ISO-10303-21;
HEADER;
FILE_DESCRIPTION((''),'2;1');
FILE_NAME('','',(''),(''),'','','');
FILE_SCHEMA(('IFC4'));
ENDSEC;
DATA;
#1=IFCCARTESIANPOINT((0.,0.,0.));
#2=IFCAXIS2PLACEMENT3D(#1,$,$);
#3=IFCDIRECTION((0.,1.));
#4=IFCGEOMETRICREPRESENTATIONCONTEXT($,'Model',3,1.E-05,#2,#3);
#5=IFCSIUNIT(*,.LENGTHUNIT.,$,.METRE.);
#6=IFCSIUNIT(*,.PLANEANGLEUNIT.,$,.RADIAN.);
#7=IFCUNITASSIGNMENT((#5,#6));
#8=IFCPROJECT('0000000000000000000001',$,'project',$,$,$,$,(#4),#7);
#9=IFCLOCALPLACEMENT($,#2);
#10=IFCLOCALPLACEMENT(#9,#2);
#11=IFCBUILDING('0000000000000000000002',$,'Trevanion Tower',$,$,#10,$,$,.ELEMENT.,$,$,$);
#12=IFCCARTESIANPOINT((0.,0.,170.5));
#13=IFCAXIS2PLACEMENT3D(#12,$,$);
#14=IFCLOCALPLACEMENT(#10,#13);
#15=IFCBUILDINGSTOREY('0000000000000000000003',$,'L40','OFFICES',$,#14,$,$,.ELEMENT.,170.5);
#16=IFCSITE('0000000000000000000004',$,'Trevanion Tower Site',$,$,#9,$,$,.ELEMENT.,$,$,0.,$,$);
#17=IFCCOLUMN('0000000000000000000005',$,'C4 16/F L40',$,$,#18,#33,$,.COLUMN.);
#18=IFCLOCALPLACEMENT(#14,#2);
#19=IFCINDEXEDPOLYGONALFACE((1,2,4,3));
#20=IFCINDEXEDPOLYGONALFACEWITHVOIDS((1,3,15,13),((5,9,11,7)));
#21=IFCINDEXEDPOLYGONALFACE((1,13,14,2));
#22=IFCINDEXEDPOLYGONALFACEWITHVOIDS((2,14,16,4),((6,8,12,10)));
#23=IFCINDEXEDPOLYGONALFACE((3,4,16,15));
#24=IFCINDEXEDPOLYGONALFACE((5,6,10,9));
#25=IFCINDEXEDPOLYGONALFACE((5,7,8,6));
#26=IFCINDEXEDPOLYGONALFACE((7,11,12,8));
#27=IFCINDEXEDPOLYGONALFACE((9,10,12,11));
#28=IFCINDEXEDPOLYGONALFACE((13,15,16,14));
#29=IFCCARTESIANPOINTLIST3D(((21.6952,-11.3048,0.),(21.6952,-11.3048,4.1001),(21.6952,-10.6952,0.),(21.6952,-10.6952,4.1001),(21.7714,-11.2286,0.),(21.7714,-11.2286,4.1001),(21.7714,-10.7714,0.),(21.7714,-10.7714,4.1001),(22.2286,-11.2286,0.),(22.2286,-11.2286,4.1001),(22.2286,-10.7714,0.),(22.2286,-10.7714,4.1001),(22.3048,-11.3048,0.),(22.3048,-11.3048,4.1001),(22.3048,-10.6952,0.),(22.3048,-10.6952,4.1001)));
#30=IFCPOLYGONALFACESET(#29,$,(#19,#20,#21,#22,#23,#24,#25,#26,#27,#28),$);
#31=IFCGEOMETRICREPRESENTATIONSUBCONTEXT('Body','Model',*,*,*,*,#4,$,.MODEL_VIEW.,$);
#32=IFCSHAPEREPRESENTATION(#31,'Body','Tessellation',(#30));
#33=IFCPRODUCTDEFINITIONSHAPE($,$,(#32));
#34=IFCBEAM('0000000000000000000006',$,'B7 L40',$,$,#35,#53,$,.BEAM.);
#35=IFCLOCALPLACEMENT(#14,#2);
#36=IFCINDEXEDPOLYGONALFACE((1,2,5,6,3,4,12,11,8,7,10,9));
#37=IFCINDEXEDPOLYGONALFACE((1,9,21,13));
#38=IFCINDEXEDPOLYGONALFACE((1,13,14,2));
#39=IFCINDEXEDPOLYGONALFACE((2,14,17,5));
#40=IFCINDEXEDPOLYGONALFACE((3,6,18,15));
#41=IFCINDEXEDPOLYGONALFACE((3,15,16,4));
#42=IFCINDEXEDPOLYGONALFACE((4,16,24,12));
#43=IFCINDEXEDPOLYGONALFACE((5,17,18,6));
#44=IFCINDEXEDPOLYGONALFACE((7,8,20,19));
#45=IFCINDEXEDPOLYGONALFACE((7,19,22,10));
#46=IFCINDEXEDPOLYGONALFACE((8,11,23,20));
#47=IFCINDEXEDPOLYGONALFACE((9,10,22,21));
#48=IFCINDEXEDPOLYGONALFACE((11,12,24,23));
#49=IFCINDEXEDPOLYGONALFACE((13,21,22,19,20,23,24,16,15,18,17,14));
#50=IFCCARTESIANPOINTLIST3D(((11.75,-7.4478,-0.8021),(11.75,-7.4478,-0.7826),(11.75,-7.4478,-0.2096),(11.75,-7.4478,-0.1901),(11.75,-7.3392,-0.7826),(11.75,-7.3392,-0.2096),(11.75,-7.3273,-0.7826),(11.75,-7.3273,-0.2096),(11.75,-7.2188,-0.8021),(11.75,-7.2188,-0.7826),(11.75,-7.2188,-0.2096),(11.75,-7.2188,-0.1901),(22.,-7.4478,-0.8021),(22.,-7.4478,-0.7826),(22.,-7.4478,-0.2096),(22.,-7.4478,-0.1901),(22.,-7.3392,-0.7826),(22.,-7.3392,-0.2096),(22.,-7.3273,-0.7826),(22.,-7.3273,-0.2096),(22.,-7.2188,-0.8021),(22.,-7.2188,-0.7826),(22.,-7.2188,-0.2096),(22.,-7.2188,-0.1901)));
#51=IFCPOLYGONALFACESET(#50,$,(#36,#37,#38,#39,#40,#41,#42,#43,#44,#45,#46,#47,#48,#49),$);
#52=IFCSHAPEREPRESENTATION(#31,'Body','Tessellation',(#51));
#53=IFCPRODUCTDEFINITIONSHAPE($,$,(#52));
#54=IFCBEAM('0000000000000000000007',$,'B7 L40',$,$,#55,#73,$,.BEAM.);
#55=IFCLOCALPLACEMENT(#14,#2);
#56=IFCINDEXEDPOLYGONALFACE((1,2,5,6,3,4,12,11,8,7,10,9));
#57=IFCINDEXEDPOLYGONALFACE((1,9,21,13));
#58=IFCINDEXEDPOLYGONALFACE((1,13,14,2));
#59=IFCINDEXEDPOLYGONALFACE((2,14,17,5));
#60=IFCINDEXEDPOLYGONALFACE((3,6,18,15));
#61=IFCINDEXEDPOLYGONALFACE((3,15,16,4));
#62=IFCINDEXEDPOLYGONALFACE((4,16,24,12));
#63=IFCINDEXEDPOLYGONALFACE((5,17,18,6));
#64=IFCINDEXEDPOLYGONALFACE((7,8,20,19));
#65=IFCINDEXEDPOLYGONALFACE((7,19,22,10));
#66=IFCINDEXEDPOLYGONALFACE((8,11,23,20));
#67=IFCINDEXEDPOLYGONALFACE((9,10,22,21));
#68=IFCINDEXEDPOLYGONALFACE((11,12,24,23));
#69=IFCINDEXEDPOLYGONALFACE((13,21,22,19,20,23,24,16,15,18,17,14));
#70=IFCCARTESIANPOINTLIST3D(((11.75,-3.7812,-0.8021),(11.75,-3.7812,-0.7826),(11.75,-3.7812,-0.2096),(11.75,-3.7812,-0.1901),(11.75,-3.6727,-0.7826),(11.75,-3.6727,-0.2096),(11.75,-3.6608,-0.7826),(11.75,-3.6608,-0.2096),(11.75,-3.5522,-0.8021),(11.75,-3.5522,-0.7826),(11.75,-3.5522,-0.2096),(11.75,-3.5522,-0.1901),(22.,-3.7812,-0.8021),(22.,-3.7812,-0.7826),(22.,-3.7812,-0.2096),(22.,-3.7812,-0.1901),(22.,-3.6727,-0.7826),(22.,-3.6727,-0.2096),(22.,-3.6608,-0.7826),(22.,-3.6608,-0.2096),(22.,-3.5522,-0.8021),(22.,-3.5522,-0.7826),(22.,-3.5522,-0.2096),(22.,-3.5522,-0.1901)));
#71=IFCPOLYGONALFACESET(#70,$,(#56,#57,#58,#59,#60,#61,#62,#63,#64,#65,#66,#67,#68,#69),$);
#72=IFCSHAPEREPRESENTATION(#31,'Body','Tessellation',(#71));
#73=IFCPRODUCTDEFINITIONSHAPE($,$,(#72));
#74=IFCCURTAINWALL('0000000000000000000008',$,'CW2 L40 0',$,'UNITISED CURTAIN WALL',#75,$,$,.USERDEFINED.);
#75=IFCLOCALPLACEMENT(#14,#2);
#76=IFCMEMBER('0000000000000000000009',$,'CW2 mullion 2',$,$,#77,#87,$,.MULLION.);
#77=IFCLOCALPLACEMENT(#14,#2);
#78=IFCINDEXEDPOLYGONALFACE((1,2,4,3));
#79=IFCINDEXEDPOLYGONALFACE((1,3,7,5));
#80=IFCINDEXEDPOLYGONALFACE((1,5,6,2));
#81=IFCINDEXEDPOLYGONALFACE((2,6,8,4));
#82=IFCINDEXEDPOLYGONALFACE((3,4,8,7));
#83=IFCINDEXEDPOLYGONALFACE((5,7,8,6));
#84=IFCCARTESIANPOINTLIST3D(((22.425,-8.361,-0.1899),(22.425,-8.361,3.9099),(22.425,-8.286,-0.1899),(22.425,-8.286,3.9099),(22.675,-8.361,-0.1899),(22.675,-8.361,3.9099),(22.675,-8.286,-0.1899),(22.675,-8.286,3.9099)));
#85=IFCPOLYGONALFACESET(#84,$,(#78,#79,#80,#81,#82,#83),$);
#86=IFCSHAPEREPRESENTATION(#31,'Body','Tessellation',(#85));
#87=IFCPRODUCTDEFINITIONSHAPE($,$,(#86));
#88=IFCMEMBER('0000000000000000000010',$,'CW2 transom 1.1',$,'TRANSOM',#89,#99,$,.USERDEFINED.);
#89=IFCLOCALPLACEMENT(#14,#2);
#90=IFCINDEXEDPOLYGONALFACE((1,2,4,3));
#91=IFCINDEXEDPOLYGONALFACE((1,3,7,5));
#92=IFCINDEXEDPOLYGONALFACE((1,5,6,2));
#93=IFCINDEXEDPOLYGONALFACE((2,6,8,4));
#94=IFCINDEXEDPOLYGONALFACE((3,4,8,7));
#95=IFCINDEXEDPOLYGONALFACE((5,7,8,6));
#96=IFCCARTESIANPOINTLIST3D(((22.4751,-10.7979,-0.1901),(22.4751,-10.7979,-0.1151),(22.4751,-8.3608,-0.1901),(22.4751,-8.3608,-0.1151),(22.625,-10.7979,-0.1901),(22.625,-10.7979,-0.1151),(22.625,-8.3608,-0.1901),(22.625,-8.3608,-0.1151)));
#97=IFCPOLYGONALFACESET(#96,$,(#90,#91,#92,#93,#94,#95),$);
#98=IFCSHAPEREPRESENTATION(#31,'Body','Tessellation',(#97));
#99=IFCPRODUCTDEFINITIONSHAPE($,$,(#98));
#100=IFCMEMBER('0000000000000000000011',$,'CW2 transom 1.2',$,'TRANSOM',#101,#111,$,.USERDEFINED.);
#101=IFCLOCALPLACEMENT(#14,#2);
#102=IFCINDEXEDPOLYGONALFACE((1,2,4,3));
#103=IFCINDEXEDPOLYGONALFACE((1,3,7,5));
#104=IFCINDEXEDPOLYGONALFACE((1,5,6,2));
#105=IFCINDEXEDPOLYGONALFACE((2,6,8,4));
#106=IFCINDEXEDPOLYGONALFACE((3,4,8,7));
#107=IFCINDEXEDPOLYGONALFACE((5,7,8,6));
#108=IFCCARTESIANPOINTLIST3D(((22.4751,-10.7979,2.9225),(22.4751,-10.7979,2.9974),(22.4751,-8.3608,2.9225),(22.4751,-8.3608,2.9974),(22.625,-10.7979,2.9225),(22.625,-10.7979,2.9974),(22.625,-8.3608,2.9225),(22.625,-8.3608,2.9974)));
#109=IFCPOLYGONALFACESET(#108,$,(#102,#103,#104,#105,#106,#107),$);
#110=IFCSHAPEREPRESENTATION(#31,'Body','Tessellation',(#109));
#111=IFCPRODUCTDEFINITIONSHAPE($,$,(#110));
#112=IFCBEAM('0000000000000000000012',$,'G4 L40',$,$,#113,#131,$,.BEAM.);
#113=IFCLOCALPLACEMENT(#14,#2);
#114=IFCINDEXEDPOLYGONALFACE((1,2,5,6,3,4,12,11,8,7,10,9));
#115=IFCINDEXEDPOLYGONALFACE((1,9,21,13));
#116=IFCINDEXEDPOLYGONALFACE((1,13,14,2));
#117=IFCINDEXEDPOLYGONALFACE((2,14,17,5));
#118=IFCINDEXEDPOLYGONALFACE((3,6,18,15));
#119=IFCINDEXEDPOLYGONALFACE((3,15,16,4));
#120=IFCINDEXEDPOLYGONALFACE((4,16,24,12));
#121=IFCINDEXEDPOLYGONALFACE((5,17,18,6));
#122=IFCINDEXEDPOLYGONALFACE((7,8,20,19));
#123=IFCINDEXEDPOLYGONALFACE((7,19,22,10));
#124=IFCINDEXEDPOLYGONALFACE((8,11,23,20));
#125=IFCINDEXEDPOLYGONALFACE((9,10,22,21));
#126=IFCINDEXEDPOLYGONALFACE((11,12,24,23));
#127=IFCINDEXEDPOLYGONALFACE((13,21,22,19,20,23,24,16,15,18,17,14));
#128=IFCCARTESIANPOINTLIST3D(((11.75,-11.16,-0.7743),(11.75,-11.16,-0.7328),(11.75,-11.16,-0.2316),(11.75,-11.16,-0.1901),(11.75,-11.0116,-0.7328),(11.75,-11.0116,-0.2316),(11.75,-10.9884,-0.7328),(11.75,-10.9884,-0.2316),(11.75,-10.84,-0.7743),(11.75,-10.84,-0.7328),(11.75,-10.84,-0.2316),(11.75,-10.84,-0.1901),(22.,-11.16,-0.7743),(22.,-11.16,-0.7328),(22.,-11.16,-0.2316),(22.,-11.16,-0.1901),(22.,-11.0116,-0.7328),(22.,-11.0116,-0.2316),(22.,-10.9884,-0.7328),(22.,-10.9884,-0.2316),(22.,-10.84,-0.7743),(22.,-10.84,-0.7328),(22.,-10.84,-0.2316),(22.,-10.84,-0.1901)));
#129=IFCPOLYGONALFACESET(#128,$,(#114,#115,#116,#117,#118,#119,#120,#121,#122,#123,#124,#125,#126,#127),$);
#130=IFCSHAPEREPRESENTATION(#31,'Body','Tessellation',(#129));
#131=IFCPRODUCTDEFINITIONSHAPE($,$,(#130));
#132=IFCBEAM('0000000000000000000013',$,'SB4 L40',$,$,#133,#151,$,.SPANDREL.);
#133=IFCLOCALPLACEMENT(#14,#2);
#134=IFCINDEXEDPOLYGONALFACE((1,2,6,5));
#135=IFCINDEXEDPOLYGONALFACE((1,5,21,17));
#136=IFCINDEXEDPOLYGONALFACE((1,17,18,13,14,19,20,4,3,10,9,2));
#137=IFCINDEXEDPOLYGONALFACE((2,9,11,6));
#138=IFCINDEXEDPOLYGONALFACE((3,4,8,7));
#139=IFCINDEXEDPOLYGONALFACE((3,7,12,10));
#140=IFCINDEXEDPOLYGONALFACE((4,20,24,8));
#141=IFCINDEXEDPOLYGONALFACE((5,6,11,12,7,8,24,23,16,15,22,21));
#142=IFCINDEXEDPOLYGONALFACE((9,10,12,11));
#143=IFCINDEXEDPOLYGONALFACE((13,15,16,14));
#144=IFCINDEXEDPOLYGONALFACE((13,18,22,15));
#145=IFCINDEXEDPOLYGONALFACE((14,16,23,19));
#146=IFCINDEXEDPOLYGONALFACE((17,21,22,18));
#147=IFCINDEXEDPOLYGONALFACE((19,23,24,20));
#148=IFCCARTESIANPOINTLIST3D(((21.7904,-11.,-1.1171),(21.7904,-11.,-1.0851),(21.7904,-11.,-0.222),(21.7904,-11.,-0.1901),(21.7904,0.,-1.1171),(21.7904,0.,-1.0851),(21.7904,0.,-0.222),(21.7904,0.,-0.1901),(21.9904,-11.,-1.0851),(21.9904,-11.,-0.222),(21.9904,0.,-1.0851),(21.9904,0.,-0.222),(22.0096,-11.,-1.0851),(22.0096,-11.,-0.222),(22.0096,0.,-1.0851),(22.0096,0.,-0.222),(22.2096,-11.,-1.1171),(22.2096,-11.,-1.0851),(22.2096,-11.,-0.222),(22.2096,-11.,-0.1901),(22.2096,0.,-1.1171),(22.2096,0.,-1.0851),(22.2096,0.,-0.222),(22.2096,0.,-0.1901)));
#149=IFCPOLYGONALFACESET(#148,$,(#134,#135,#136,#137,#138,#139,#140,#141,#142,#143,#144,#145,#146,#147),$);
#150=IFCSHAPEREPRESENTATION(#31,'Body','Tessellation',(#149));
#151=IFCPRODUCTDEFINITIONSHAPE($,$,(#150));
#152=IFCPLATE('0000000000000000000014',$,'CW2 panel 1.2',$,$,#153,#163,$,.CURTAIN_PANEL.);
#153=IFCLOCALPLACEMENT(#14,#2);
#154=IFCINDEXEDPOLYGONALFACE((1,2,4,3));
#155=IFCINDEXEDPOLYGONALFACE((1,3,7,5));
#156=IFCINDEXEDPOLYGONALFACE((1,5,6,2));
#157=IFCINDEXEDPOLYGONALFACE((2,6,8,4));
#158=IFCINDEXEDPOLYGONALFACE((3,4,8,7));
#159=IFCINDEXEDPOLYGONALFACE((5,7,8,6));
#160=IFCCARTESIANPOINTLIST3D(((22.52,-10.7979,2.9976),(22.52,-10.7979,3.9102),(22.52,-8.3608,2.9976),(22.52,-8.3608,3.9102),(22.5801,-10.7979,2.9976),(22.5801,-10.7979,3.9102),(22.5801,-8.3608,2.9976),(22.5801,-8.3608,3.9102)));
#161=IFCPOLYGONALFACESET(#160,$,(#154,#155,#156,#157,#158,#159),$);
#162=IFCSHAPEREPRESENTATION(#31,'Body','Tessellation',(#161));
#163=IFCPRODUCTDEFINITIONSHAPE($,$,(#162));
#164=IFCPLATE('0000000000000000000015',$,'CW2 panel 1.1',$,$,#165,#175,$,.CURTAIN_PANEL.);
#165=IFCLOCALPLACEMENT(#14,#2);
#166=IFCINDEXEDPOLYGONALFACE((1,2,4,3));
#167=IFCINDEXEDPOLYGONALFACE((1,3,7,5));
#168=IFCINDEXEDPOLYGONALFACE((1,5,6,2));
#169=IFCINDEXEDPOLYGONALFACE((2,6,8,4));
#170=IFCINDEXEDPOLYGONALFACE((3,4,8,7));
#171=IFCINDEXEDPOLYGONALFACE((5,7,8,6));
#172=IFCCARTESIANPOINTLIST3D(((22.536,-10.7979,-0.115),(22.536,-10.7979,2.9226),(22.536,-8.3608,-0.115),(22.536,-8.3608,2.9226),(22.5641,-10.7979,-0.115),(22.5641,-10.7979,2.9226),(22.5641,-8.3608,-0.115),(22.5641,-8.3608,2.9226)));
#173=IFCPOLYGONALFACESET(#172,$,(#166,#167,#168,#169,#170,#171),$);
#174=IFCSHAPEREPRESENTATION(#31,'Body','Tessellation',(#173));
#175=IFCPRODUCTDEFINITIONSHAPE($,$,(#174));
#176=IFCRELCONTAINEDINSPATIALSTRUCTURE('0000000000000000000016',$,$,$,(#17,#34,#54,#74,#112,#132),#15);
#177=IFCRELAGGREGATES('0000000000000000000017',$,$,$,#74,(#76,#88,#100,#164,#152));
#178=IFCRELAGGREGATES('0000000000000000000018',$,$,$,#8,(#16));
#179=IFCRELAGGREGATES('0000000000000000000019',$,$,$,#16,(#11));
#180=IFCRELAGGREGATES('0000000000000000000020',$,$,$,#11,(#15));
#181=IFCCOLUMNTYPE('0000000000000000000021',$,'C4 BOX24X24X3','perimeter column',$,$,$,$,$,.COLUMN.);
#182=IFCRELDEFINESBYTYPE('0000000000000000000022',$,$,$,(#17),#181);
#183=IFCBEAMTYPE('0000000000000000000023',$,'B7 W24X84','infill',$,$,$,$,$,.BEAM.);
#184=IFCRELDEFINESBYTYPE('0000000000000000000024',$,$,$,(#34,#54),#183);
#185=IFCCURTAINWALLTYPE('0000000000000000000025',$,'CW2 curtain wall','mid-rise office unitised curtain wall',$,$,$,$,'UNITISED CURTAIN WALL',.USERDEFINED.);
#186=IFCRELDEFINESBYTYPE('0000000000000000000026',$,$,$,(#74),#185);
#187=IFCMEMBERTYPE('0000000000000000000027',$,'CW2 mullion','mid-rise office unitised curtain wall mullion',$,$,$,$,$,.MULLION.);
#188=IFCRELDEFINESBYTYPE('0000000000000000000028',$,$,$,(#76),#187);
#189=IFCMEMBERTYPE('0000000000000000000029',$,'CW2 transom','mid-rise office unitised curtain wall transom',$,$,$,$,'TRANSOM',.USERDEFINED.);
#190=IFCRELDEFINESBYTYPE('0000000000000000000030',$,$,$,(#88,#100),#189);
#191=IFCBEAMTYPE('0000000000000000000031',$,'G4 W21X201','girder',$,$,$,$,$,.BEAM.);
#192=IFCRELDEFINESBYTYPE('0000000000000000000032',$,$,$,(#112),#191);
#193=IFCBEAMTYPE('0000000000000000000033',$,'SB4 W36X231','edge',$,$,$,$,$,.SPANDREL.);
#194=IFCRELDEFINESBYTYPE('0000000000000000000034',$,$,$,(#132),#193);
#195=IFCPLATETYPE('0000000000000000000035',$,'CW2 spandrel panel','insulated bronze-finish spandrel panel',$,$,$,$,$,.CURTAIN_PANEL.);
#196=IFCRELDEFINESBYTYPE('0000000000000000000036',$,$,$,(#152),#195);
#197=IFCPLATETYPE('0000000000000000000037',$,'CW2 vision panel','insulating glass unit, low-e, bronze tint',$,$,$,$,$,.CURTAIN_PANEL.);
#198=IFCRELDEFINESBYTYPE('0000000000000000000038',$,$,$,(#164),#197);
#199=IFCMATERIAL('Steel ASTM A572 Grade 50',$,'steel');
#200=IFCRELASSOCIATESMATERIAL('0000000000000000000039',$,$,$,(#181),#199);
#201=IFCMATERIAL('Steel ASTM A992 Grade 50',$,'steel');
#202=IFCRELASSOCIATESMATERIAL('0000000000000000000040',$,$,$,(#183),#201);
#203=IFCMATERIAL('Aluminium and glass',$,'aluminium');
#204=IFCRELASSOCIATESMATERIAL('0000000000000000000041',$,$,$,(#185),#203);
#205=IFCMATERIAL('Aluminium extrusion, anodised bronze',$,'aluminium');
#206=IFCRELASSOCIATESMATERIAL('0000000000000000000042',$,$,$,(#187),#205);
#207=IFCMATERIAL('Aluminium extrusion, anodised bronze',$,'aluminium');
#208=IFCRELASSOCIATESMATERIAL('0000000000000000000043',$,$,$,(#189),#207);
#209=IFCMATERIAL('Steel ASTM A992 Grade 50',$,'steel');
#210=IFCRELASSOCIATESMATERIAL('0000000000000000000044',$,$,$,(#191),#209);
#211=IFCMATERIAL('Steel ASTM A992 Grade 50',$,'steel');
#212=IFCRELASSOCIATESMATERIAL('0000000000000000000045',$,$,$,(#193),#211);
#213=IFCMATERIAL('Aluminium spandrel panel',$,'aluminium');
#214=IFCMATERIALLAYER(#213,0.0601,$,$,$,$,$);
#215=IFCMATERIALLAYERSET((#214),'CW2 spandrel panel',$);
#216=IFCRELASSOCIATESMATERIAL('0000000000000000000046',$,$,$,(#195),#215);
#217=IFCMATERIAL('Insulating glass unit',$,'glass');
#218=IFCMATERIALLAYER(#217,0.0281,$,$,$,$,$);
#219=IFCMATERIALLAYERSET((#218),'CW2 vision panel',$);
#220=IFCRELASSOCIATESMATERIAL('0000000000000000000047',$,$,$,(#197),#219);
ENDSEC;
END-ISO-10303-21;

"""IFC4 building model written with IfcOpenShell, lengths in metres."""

from ifc_helpers import new_model, si_unit, direction, frame, origin, origin_2d, place, context, subcontext, project, spatial, rectangle, hollow_rectangle, i_section, extrude, material, layer, layer_set, material_profile, profile_set, type_object, element, aggregate, save


model = new_model("IFC4")

# Units and contexts
model_context = context("Model", 3, precision=1e-05, world=origin(), true_north=direction((0.0, 1.0)))
body_context = subcontext(model_context, "Body", "Model", "MODEL_VIEW")
ifc_project = project(units=[si_unit("LENGTHUNIT", "METRE"), si_unit("PLANEANGLEUNIT", "RADIAN")], contexts=[model_context])

# Site, building, storey
site_placement = place(None, origin())
site = spatial("IfcSite", under=ifc_project, at=site_placement, Name="Trevanion Tower Site", CompositionType="ELEMENT", RefElevation=0.0)
building_placement = place(site_placement, origin())
building = spatial("IfcBuilding", under=site, at=building_placement, Name="Trevanion Tower", CompositionType="ELEMENT")
storey_placement = place(building_placement, frame((0.0, 0.0, 170.5)))
storey = spatial("IfcBuildingStorey", under=building, at=storey_placement, Name="L40", Description="OFFICES", CompositionType="ELEMENT", Elevation=170.5)

# Column
ifc_material_1 = material(Name="Steel ASTM A572 Grade 50", Category="steel")
ifc_material_profile_1 = material_profile(ifc_material_1, hollow_rectangle(XDim=0.6096, YDim=0.6096, WallThickness=0.0762, at=origin_2d()), Name="BOX24X24X3")
ifc_profile_set_1 = profile_set([ifc_material_profile_1], Name="Steel ASTM A572 Grade 50")
column_type = type_object("IfcColumnType", Name="C4 BOX24X24X3", Description="perimeter column", PredefinedType="COLUMN", material=ifc_profile_set_1)
column_placement = place(storey_placement, frame((22.0, -11.0, 0.0), z_axis=(0.0, 0.0, 1.0), x_axis=(0.0, 1.0, 0.0)))
element("IfcColumn", 1, at=column_placement, inside=storey, type_object=column_type, Name="C4 16/F L40", PredefinedType="COLUMN", context=body_context, shape_type="SweptSolid", body=[
    extrude(hollow_rectangle(XDim=0.6096, YDim=0.6096, WallThickness=0.0762, at=origin_2d()), origin(), (0.0, 0.0, 1.0), 4.1001),
])

# Beams
ifc_material_2 = material(Name="Steel ASTM A992 Grade 50", Category="steel")
ifc_material_profile_2 = material_profile(ifc_material_2, i_section(OverallWidth=0.229, OverallDepth=0.6121, WebThickness=0.012, FlangeThickness=0.0195, at=origin_2d()), Name="W24X84")
ifc_profile_set_2 = profile_set([ifc_material_profile_2], Name="Steel ASTM A992 Grade 50")
beam_type_1 = type_object("IfcBeamType", Name="B7 W24X84", Description="infill", PredefinedType="BEAM", material=ifc_profile_set_2)
for number, where, z_axis, x_axis, name in (
    (2, (11.75, -7.3333, -0.4961), (1.0, 0.0, 0.0), (0.0, 1.0, 0.0), "B7 L40"),
    (3, (11.75, -3.6667, -0.4961), (1.0, 0.0, 0.0), (0.0, 1.0, 0.0), "B7 L40"),
):
    element("IfcBeam", number, at=place(storey_placement, frame(where, z_axis=z_axis, x_axis=x_axis)), inside=storey, type_object=beam_type_1, Name=name, PredefinedType="BEAM", context=body_context, shape_type="SweptSolid", body=[
        extrude(i_section(OverallWidth=0.229, OverallDepth=0.6121, WebThickness=0.012, FlangeThickness=0.0195, at=origin_2d()), origin(), (0.0, 0.0, 1.0), 10.25),
    ])

# Curtain wall, members
ifc_material_3 = material(Name="Aluminium and glass", Category="aluminium")
curtain_wall_type = type_object("IfcCurtainWallType", Name="CW2 curtain wall", Description="mid-rise office unitised curtain wall", ElementType="UNITISED CURTAIN WALL", PredefinedType="USERDEFINED", material=ifc_material_3)
curtain_wall_placement = place(storey_placement, origin())
curtain_wall = element("IfcCurtainWall", 4, at=curtain_wall_placement, inside=storey, type_object=curtain_wall_type, Name="CW2 L40 0", ObjectType="UNITISED CURTAIN WALL", PredefinedType="USERDEFINED")
ifc_material_4 = material(Name="Aluminium extrusion, anodised bronze", Category="aluminium")
ifc_material_profile_3 = material_profile(ifc_material_4, rectangle(XDim=0.075, YDim=0.25, at=origin_2d()), Name="CW2 mullion")
ifc_profile_set_3 = profile_set([ifc_material_profile_3], Name="Aluminium extrusion, anodised bronze")
member_type_1 = type_object("IfcMemberType", Name="CW2 mullion", Description="mid-rise office unitised curtain wall mullion", PredefinedType="MULLION", material=ifc_profile_set_3)
member_1_placement = place(storey_placement, frame((22.55, -8.3235, -0.1899), z_axis=(0.0, 0.0, 1.0), x_axis=(0.0, 1.0, 0.0)))
member_1 = element("IfcMember", 5, at=member_1_placement, type_object=member_type_1, Name="CW2 mullion 2", PredefinedType="MULLION", context=body_context, shape_type="SweptSolid", body=[
    extrude(rectangle(XDim=0.075, YDim=0.25, at=origin_2d()), origin(), (0.0, 0.0, 1.0), 4.0999),
])
ifc_material_5 = material(Name="Aluminium extrusion, anodised bronze", Category="aluminium")
ifc_material_profile_4 = material_profile(ifc_material_5, rectangle(XDim=0.1499, YDim=0.075, at=origin_2d()), Name="CW2 transom")
ifc_profile_set_4 = profile_set([ifc_material_profile_4], Name="Aluminium extrusion, anodised bronze")
member_type_2 = type_object("IfcMemberType", Name="CW2 transom", Description="mid-rise office unitised curtain wall transom", ElementType="TRANSOM", PredefinedType="USERDEFINED", material=ifc_profile_set_4)
member_2_placement = place(storey_placement, frame((22.55, -10.7979, -0.1526), z_axis=(0.0, 1.0, 0.0), x_axis=(-1.0, 0.0, 0.0)))
member_2 = element("IfcMember", 6, at=member_2_placement, type_object=member_type_2, Name="CW2 transom 1.1", ObjectType="TRANSOM", PredefinedType="USERDEFINED", context=body_context, shape_type="SweptSolid", body=[
    extrude(rectangle(XDim=0.1499, YDim=0.075, at=origin_2d()), origin(), (0.0, 0.0, 1.0), 2.437),
])
member_3_placement = place(storey_placement, frame((22.55, -10.7979, 2.96), z_axis=(0.0, 1.0, 0.0), x_axis=(-1.0, 0.0, 0.0)))
member_3 = element("IfcMember", 7, at=member_3_placement, type_object=member_type_2, Name="CW2 transom 1.2", ObjectType="TRANSOM", PredefinedType="USERDEFINED", context=body_context, shape_type="SweptSolid", body=[
    extrude(rectangle(XDim=0.1499, YDim=0.075, at=origin_2d()), origin(), (0.0, 0.0, 1.0), 2.437),
])

# Beams
ifc_material_6 = material(Name="Steel ASTM A992 Grade 50", Category="steel")
ifc_material_profile_5 = material_profile(ifc_material_6, i_section(OverallWidth=0.3201, OverallDepth=0.5842, WebThickness=0.0232, FlangeThickness=0.0415, at=origin_2d()), Name="W21X201")
ifc_profile_set_5 = profile_set([ifc_material_profile_5], Name="Steel ASTM A992 Grade 50")
beam_type_2 = type_object("IfcBeamType", Name="G4 W21X201", Description="girder", PredefinedType="BEAM", material=ifc_profile_set_5)
beam_1_placement = place(storey_placement, frame((11.75, -11.0, -0.4822), z_axis=(1.0, 0.0, 0.0), x_axis=(0.0, 1.0, 0.0)))
element("IfcBeam", 8, at=beam_1_placement, inside=storey, type_object=beam_type_2, Name="G4 L40", PredefinedType="BEAM", context=body_context, shape_type="SweptSolid", body=[
    extrude(i_section(OverallWidth=0.3201, OverallDepth=0.5842, WebThickness=0.0232, FlangeThickness=0.0415, at=origin_2d()), origin(), (0.0, 0.0, 1.0), 10.25),
])
ifc_material_7 = material(Name="Steel ASTM A992 Grade 50", Category="steel")
ifc_material_profile_6 = material_profile(ifc_material_7, i_section(OverallWidth=0.4192, OverallDepth=0.927, WebThickness=0.0193, FlangeThickness=0.032, at=origin_2d()), Name="W36X231")
ifc_profile_set_6 = profile_set([ifc_material_profile_6], Name="Steel ASTM A992 Grade 50")
beam_type_3 = type_object("IfcBeamType", Name="SB4 W36X231", Description="edge", PredefinedType="SPANDREL", material=ifc_profile_set_6)
beam_2_placement = place(storey_placement, frame((22.0, -11.0, -0.6536), z_axis=(0.0, 1.0, 0.0), x_axis=(-1.0, 0.0, 0.0)))
element("IfcBeam", 9, at=beam_2_placement, inside=storey, type_object=beam_type_3, Name="SB4 L40", PredefinedType="SPANDREL", context=body_context, shape_type="SweptSolid", body=[
    extrude(i_section(OverallWidth=0.4192, OverallDepth=0.927, WebThickness=0.0193, FlangeThickness=0.032, at=origin_2d()), origin(), (0.0, 0.0, 1.0), 11.0),
])

# Plates
ifc_material_8 = material(Name="Aluminium spandrel panel", Category="aluminium")
ifc_layer_1 = layer(ifc_material_8, 0.0601)
ifc_layer_set_1 = layer_set([ifc_layer_1], Name="CW2 spandrel panel")
plate_type_1 = type_object("IfcPlateType", Name="CW2 spandrel panel", Description="insulated bronze-finish spandrel panel", PredefinedType="CURTAIN_PANEL", material=ifc_layer_set_1)
plate_1_placement = place(storey_placement, frame((22.55, -9.5793, 2.9976), z_axis=(0.0, 0.0, 1.0), x_axis=(0.0, 1.0, 0.0)))
plate_1 = element("IfcPlate", 10, at=plate_1_placement, type_object=plate_type_1, Name="CW2 panel 1.2", PredefinedType="CURTAIN_PANEL", context=body_context, shape_type="SweptSolid", body=[
    extrude(rectangle(XDim=2.437, YDim=0.0601, at=origin_2d()), origin(), (0.0, 0.0, 1.0), 0.9126),
])
ifc_material_9 = material(Name="Insulating glass unit", Category="glass")
ifc_layer_2 = layer(ifc_material_9, 0.0281)
ifc_layer_set_2 = layer_set([ifc_layer_2], Name="CW2 vision panel")
plate_type_2 = type_object("IfcPlateType", Name="CW2 vision panel", Description="insulating glass unit, low-e, bronze tint", PredefinedType="CURTAIN_PANEL", material=ifc_layer_set_2)
plate_2_placement = place(storey_placement, frame((22.55, -9.5793, -0.115), z_axis=(0.0, 0.0, 1.0), x_axis=(0.0, 1.0, 0.0)))
plate_2 = element("IfcPlate", 11, at=plate_2_placement, type_object=plate_type_2, Name="CW2 panel 1.1", PredefinedType="CURTAIN_PANEL", context=body_context, shape_type="SweptSolid", body=[
    extrude(rectangle(XDim=2.437, YDim=0.0281, at=origin_2d()), origin(), (0.0, 0.0, 1.0), 3.0376),
])
aggregate(curtain_wall, [member_1, member_2, member_3, plate_2, plate_1])

save(model, "model.ifc")
